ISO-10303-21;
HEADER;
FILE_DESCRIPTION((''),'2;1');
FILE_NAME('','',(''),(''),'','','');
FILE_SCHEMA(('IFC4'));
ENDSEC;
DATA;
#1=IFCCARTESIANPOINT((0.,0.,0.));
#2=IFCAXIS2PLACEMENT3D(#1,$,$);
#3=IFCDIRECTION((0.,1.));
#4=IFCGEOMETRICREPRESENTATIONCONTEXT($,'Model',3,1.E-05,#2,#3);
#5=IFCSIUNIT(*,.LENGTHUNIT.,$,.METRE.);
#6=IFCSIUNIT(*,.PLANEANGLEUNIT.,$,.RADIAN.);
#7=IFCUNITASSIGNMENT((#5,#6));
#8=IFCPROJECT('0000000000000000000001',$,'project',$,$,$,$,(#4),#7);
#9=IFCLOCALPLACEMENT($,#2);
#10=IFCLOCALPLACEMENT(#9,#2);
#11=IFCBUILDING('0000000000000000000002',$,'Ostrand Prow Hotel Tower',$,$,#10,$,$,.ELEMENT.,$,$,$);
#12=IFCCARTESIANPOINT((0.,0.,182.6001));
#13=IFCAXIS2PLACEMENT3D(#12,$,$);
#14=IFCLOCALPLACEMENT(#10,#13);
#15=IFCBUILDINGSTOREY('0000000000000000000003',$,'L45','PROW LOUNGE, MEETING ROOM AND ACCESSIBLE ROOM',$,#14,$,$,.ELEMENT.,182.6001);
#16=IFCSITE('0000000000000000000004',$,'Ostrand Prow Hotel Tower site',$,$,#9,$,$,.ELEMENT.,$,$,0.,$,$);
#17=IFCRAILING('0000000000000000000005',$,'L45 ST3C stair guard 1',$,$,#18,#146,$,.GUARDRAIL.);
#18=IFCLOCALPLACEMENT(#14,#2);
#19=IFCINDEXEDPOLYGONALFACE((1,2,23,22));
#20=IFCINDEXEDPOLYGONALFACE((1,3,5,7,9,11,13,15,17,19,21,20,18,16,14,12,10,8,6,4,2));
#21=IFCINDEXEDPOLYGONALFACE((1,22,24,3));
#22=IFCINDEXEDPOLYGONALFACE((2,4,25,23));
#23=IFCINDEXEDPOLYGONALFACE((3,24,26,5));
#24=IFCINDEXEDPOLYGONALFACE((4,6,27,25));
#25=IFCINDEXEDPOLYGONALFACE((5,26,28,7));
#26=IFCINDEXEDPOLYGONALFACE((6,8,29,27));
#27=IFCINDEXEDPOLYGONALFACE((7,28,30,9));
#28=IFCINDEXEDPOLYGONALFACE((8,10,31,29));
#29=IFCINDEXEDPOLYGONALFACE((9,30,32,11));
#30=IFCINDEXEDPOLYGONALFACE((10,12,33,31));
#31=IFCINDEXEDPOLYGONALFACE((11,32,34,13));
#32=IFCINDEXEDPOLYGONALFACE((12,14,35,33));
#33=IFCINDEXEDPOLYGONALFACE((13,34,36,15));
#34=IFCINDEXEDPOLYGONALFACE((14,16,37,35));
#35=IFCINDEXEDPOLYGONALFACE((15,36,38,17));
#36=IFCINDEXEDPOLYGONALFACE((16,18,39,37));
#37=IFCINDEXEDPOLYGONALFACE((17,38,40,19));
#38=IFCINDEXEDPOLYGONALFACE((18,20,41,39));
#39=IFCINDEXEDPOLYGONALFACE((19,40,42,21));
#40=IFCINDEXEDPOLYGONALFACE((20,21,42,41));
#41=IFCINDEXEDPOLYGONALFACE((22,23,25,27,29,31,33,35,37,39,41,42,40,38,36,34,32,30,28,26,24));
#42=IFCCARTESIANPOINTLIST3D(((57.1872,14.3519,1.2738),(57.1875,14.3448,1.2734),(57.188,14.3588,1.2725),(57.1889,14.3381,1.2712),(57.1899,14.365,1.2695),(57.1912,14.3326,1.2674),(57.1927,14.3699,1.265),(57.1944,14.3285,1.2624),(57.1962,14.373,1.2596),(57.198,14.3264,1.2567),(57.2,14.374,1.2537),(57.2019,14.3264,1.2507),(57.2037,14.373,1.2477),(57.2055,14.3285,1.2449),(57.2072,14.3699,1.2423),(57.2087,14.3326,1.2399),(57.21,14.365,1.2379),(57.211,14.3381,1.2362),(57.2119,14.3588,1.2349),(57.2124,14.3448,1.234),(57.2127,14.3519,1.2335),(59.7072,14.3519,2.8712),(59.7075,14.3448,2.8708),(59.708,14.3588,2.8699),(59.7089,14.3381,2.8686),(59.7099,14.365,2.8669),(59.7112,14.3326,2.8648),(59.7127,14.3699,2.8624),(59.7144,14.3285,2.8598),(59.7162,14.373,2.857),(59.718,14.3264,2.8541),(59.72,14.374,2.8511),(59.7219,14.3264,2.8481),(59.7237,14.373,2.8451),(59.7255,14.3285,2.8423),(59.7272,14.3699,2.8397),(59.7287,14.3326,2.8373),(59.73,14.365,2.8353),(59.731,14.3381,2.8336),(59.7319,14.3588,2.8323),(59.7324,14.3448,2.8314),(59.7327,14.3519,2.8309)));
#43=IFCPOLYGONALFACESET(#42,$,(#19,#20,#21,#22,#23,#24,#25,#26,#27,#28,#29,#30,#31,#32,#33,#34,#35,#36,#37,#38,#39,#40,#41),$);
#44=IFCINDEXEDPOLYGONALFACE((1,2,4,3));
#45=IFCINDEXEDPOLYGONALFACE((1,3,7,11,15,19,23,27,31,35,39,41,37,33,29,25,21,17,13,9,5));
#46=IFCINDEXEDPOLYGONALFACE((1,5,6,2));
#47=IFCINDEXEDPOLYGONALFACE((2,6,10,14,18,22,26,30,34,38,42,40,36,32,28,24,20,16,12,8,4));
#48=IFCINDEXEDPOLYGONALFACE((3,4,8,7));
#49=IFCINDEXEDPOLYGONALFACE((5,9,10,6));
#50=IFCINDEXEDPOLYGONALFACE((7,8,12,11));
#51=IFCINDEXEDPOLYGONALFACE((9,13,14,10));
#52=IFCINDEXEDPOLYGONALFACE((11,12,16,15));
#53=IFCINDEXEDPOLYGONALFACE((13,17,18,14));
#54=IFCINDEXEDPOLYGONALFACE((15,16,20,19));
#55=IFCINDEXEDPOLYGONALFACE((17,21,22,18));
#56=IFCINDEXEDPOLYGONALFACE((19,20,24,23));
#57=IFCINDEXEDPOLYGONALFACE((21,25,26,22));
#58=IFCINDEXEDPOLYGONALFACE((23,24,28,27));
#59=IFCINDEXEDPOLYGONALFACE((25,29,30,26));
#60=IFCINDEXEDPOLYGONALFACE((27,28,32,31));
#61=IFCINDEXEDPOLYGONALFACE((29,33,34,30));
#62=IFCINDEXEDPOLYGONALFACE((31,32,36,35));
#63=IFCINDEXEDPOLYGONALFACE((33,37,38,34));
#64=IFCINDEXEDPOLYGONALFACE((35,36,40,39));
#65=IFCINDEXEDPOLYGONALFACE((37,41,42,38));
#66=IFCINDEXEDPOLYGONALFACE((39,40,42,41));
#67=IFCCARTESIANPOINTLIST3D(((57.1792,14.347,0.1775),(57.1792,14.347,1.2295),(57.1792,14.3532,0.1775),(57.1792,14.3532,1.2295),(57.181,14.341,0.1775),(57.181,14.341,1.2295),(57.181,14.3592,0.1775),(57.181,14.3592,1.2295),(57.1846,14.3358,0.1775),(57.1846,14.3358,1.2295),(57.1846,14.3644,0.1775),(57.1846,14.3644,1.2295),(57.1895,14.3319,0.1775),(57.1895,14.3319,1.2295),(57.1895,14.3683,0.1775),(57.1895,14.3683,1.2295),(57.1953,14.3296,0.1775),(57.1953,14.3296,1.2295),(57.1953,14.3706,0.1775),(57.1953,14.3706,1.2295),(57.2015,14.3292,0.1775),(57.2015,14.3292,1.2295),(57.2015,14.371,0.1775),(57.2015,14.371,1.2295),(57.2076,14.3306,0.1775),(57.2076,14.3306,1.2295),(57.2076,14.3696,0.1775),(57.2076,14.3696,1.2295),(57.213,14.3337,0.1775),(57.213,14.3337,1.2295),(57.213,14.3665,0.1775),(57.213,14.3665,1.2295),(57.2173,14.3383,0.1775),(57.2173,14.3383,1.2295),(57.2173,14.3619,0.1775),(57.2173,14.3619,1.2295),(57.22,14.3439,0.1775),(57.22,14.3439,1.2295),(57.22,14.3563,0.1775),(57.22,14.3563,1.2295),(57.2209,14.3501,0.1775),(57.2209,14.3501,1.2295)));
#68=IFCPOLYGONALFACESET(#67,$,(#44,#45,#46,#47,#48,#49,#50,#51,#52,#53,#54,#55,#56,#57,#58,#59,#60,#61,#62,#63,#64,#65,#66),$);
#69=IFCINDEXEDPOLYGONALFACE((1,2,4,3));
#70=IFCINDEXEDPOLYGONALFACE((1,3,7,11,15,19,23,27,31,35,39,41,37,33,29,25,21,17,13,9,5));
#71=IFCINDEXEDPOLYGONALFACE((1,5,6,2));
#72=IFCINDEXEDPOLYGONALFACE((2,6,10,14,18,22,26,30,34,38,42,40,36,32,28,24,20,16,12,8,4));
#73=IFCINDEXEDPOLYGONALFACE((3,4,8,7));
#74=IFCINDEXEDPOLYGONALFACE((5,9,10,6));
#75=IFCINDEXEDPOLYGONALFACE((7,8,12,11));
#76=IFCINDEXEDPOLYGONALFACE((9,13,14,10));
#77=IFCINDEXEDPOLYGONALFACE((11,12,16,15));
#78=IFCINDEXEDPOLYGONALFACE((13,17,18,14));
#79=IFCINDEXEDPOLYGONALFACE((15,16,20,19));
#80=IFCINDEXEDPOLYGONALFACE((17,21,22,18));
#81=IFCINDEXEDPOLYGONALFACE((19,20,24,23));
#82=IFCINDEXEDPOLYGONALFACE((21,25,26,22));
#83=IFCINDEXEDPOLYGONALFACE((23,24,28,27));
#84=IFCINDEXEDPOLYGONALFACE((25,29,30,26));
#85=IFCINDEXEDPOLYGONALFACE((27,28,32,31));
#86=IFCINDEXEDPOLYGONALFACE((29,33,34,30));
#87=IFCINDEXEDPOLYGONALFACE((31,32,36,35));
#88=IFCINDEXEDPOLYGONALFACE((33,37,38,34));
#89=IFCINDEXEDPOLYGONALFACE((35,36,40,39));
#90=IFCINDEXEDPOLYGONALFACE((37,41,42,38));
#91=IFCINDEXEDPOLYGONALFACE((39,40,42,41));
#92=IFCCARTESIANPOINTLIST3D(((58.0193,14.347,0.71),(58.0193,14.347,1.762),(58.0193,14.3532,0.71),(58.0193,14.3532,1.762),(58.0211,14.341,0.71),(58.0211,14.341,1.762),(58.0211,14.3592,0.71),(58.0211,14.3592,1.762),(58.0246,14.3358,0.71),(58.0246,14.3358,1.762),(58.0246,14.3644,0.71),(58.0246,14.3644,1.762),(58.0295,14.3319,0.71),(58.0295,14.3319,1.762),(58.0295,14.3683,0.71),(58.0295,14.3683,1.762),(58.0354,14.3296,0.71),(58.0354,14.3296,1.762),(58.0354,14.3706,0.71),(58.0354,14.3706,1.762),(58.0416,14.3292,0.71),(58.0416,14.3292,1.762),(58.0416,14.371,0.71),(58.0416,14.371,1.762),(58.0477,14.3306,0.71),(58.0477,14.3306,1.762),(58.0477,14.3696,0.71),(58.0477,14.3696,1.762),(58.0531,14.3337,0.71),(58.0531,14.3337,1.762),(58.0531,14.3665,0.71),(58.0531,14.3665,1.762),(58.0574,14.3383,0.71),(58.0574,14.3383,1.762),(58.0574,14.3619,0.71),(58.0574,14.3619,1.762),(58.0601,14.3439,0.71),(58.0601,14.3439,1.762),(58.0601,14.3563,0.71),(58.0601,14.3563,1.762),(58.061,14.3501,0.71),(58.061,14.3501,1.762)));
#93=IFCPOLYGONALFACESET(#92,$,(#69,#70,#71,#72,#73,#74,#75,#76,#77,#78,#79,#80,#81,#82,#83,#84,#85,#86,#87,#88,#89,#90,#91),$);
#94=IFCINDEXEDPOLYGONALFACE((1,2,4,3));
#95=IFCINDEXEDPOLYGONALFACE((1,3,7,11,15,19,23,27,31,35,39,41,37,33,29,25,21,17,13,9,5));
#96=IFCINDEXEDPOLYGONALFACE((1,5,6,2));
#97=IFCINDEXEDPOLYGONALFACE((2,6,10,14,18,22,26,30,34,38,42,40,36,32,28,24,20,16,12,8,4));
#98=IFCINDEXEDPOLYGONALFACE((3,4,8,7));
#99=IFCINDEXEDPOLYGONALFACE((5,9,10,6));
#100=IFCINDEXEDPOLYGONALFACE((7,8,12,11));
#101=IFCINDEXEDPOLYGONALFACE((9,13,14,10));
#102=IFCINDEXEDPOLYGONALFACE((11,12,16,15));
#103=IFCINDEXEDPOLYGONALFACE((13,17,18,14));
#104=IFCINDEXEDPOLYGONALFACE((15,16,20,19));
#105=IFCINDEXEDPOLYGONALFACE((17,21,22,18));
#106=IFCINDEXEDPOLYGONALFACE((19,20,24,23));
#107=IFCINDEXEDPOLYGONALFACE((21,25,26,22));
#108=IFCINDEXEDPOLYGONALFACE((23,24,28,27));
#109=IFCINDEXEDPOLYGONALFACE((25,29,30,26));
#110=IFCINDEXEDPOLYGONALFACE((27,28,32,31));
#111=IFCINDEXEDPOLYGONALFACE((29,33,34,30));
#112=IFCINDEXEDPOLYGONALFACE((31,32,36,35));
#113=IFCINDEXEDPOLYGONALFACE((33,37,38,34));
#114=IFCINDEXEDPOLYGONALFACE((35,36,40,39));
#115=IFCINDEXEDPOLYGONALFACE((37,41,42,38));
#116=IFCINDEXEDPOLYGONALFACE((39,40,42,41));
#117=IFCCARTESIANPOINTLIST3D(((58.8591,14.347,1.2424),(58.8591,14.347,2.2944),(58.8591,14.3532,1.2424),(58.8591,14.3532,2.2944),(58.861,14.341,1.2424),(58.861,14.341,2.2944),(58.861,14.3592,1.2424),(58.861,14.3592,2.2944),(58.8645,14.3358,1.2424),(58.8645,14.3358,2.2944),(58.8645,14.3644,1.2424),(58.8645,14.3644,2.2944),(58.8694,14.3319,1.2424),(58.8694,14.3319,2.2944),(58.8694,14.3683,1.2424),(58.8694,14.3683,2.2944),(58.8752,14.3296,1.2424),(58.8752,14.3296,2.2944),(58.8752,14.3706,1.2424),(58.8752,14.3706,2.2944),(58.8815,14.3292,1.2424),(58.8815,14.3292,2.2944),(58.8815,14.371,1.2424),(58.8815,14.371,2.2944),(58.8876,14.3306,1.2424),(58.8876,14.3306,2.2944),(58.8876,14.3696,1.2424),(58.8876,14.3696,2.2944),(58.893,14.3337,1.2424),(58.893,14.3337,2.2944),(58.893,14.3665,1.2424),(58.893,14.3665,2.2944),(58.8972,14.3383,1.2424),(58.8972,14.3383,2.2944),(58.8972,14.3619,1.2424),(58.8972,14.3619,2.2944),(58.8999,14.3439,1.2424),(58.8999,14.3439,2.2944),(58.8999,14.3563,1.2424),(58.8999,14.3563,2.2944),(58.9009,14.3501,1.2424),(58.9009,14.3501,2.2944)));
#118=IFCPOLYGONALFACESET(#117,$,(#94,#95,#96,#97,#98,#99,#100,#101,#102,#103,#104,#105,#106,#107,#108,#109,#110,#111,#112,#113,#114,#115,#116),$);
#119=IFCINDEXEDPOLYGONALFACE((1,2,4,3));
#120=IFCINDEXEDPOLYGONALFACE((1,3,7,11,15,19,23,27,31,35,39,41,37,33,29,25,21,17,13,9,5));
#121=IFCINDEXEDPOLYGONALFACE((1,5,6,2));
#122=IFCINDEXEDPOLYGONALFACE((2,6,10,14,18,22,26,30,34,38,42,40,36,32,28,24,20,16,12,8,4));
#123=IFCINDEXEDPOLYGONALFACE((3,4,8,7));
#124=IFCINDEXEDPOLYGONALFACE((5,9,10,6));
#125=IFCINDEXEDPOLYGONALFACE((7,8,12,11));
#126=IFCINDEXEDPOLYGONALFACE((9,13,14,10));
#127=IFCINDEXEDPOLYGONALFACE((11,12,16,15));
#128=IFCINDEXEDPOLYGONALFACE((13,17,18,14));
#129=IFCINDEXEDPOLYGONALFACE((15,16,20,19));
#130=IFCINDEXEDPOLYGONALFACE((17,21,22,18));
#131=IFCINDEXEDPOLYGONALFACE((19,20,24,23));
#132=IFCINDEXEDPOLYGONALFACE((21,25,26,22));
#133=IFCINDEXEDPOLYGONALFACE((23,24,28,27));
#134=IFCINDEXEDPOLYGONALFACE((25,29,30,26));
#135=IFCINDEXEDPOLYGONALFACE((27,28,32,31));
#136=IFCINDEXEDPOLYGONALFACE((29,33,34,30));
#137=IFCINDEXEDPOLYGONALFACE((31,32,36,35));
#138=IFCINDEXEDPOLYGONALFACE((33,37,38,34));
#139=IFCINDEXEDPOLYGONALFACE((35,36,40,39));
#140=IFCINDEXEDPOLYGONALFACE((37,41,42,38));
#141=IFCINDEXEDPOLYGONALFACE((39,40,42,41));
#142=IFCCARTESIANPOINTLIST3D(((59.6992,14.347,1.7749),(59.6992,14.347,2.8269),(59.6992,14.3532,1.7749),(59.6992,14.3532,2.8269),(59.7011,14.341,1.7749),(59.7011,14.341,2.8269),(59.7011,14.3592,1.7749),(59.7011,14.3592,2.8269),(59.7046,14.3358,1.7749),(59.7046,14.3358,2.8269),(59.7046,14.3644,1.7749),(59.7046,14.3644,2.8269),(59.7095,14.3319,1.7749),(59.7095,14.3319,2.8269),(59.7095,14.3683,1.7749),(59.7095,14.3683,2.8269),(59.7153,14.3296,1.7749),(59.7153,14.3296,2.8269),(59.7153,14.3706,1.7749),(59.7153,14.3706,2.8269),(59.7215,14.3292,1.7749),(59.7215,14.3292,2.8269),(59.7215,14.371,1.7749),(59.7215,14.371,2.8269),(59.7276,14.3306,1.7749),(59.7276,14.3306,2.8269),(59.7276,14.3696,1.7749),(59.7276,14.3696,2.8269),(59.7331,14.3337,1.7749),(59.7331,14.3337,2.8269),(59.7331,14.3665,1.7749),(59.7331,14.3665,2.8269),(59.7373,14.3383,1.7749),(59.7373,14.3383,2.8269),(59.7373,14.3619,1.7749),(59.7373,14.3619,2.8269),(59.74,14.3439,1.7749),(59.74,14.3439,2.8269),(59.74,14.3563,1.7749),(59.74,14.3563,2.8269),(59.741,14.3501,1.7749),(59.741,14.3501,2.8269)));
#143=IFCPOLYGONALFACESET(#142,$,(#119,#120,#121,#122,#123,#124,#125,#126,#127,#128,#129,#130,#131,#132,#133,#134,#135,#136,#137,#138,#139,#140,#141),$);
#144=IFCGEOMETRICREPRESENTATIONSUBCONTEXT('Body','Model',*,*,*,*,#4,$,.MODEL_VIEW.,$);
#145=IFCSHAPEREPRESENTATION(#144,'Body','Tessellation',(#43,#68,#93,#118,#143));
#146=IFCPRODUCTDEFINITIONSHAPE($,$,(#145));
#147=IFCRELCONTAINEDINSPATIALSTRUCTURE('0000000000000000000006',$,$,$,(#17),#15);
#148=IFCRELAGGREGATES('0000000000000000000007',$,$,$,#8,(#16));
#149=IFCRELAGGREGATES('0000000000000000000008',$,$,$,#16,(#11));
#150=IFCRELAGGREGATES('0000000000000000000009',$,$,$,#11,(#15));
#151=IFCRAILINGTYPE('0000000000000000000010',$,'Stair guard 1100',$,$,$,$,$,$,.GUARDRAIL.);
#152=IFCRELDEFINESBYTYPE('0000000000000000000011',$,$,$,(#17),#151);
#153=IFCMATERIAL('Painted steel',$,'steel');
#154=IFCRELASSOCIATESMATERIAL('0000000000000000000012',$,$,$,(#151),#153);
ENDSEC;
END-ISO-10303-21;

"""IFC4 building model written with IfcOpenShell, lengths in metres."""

from ifc_helpers import new_model, si_unit, direction, frame, origin, origin_2d, place, context, subcontext, project, spatial, circle, extrude, material, type_object, element, save


model = new_model("IFC4")

# Units and contexts
model_context = context("Model", 3, precision=1e-05, world=origin(), true_north=direction((0.0, 1.0)))
body_context = subcontext(model_context, "Body", "Model", "MODEL_VIEW")
ifc_project = project(units=[si_unit("LENGTHUNIT", "METRE"), si_unit("PLANEANGLEUNIT", "RADIAN")], contexts=[model_context])

# Site, building, storey
site_placement = place(None, origin())
site = spatial("IfcSite", under=ifc_project, at=site_placement, Name="Ostrand Prow Hotel Tower site", CompositionType="ELEMENT", RefElevation=0.0)
building_placement = place(site_placement, origin())
building = spatial("IfcBuilding", under=site, at=building_placement, Name="Ostrand Prow Hotel Tower", CompositionType="ELEMENT")
storey_placement = place(building_placement, frame((0.0, 0.0, 182.6001)))
storey = spatial("IfcBuildingStorey", under=building, at=storey_placement, Name="L45", Description="PROW LOUNGE, MEETING ROOM AND ACCESSIBLE ROOM", CompositionType="ELEMENT", Elevation=182.6001)

# Railing
ifc_material_1 = material(Name="Painted steel", Category="steel")
railing_type_1 = type_object("IfcRailingType", Name="Stair guard 1100", PredefinedType="GUARDRAIL", material=ifc_material_1)
railing_1_placement = place(storey_placement, frame((57.2, 14.3501, 0.1775)))
element("IfcRailing", 1, at=railing_1_placement, inside=storey, type_object=railing_type_1, Name="L45 ST3C stair guard 1", PredefinedType="GUARDRAIL", context=body_context, shape_type="SweptSolid", body=[
    extrude(circle(Radius=0.0239, at=origin_2d()), frame((0.0, 0.0, 1.0762), z_axis=(0.844607, 0.0, 0.535387), x_axis=(0.0, 1.0, 0.0)), (0.0, 0.0, 1.0), 2.9836),
    extrude(circle(Radius=0.021, at=origin_2d()), origin(), (0.0, 0.0, 1.0), 1.052),
    extrude(circle(Radius=0.021, at=origin_2d()), frame((0.8401, 0.0, 0.5325)), (0.0, 0.0, 1.0), 1.052),
    extrude(circle(Radius=0.021, at=origin_2d()), frame((1.6799, 0.0, 1.0649)), (0.0, 0.0, 1.0), 1.052),
    extrude(circle(Radius=0.021, at=origin_2d()), frame((2.52, 0.0, 1.5974)), (0.0, 0.0, 1.0), 1.052),
])

save(model, "model.ifc")
